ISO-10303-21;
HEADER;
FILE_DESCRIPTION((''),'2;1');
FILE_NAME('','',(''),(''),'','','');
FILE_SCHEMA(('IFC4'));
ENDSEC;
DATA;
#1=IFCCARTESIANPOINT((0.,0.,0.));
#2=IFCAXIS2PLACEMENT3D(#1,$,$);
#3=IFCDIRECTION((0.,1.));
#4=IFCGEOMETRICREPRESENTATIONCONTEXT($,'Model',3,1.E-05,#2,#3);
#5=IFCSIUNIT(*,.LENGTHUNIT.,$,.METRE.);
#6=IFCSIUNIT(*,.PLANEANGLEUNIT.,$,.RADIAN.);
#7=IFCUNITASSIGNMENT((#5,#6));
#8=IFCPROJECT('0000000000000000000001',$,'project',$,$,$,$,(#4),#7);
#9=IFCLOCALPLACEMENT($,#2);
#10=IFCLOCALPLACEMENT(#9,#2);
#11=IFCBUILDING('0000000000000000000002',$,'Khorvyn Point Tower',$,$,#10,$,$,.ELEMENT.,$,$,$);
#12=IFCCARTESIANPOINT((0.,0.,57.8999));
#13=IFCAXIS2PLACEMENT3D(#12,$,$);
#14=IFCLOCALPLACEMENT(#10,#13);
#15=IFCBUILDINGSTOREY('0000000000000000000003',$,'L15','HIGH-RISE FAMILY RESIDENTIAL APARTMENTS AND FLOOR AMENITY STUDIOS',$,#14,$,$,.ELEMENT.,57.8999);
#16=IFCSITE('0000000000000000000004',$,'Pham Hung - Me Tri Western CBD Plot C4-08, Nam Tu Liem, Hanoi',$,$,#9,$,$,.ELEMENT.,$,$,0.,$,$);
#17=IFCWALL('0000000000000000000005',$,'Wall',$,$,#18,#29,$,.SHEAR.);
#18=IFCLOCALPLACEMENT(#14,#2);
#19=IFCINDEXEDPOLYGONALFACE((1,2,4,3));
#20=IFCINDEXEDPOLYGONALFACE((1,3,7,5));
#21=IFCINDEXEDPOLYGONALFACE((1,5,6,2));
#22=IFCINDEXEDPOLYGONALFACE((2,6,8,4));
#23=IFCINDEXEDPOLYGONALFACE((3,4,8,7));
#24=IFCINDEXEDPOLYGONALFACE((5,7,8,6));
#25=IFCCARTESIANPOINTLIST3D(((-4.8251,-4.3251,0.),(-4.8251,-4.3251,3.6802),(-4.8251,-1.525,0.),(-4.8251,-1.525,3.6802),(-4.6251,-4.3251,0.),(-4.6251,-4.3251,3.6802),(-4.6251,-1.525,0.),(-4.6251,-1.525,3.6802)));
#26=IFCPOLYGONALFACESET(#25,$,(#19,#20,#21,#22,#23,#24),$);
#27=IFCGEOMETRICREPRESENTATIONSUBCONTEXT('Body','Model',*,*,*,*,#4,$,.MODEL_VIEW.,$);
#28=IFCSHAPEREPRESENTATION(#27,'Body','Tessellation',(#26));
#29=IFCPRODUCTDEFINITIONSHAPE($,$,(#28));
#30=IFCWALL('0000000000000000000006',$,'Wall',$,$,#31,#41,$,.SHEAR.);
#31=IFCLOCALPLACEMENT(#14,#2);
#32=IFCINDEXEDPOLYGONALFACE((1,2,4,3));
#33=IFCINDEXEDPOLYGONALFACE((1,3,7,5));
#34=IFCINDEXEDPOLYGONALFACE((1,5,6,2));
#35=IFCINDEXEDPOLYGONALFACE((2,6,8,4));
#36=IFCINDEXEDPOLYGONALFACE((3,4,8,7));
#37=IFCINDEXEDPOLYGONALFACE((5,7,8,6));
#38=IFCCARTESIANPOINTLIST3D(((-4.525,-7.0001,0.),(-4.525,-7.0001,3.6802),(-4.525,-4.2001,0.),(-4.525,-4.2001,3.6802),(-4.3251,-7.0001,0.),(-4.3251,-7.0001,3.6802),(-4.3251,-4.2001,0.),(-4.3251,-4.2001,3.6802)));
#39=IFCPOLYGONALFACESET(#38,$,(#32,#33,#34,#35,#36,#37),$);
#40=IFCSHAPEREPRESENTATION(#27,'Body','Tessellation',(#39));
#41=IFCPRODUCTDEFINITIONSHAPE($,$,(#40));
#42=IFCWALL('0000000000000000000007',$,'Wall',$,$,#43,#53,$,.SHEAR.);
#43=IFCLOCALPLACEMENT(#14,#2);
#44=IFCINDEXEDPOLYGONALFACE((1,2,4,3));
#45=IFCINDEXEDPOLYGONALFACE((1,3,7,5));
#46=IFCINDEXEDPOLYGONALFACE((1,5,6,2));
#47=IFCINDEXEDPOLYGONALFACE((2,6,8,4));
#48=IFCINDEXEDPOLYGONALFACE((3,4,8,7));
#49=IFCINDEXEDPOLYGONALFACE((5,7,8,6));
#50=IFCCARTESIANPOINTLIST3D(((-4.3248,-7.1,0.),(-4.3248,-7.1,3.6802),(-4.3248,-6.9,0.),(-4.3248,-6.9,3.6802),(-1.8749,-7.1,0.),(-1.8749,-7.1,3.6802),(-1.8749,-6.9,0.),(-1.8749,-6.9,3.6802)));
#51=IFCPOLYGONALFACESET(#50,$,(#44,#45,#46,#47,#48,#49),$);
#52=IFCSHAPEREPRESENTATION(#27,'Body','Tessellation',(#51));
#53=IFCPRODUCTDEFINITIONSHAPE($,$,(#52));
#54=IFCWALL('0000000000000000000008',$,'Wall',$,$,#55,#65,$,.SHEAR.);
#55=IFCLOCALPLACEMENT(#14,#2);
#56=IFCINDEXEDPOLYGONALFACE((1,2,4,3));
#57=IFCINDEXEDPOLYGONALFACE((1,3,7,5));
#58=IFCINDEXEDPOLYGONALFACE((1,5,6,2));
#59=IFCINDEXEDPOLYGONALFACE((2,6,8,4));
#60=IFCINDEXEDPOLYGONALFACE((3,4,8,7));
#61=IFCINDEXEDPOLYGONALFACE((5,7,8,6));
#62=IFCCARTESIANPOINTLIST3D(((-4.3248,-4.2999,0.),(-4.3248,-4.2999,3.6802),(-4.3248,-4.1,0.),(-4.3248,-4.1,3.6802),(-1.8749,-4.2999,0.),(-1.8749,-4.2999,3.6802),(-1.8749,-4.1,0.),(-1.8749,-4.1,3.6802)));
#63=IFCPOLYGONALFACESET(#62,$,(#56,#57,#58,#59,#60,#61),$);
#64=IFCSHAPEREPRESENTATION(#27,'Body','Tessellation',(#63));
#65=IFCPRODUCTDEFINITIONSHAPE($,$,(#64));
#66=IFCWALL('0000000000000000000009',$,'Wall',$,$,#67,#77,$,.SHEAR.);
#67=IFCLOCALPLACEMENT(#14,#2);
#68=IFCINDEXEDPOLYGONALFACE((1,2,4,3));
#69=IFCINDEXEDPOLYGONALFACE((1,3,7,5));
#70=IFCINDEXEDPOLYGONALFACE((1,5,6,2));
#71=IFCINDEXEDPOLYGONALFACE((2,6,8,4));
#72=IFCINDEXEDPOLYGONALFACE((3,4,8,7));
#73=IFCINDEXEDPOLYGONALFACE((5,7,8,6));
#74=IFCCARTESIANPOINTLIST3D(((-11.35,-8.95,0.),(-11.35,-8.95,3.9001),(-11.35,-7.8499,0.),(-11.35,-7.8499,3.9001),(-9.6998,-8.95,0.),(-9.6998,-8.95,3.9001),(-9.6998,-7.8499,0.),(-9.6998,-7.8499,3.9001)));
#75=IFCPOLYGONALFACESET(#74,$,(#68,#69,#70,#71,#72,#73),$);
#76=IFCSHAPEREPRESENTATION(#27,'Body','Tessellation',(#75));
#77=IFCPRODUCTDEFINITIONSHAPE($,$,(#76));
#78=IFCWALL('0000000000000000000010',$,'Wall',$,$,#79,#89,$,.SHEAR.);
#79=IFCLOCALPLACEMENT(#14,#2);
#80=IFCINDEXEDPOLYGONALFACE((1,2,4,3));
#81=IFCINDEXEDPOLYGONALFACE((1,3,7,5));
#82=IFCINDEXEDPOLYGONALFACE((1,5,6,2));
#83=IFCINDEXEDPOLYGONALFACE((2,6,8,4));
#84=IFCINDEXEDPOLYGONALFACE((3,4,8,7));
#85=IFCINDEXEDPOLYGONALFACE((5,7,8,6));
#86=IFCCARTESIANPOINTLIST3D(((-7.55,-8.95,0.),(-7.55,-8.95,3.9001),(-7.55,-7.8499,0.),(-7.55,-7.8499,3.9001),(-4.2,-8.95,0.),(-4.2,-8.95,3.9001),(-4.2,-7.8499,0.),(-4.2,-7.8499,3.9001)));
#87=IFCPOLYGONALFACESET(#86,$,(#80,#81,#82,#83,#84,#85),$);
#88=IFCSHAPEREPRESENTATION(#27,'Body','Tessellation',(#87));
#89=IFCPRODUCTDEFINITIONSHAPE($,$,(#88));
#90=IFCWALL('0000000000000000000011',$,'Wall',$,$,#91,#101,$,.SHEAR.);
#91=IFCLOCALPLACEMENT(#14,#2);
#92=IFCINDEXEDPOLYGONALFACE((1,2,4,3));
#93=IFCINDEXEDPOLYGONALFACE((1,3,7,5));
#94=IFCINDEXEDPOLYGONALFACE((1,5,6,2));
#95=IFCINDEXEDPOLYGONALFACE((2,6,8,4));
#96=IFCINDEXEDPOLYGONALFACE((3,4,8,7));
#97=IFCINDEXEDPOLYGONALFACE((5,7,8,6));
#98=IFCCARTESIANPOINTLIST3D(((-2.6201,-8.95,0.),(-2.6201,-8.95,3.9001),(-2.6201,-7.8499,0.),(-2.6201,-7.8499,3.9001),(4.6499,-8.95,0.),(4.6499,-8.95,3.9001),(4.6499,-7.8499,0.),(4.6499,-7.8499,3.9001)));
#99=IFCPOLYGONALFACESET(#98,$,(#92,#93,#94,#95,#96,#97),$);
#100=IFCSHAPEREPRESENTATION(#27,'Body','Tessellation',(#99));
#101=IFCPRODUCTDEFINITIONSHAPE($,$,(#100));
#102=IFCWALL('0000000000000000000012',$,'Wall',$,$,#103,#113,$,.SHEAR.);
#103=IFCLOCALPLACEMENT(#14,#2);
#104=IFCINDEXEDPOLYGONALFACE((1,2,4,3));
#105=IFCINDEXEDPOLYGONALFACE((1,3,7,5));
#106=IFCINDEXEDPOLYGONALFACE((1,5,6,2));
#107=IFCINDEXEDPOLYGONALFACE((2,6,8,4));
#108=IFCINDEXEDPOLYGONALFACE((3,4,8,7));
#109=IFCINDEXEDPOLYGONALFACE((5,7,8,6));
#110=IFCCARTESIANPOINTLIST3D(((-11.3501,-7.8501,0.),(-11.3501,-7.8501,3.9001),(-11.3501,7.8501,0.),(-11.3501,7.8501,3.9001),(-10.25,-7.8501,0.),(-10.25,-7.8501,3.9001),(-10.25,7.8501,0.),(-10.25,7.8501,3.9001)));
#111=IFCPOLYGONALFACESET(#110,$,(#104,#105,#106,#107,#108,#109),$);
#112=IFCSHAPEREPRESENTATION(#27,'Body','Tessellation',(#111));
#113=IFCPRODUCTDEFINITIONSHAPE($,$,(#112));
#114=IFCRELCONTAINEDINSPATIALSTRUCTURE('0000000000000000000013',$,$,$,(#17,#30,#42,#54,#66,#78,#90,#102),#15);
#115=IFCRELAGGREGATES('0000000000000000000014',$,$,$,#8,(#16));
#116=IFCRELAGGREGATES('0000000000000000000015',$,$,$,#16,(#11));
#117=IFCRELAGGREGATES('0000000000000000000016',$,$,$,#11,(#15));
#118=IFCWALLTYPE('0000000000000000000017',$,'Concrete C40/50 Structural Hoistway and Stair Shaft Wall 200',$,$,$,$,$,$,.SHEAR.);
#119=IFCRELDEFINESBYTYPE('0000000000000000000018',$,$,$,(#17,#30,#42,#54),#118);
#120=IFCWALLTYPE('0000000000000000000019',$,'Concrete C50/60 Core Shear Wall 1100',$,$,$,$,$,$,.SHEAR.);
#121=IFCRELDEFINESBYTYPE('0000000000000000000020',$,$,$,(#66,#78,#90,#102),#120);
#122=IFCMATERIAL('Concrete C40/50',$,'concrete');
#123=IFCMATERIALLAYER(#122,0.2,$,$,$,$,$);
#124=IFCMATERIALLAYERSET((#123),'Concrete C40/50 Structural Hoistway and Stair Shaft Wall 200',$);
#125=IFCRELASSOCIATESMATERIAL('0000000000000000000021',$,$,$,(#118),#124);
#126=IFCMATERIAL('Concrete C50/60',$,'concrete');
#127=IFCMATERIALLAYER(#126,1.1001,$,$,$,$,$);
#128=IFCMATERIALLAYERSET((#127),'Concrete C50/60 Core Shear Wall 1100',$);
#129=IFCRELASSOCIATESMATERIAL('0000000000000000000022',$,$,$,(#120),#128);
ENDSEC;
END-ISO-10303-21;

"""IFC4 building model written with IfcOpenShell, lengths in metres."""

from ifc_helpers import new_model, si_unit, direction, frame, frame_2d, origin, place, context, subcontext, project, spatial, rectangle, extrude, material, layer, layer_set, type_object, element, save


model = new_model("IFC4")

# Units and contexts
model_context = context("Model", 3, precision=1e-05, world=origin(), true_north=direction((0.0, 1.0)))
body_context = subcontext(model_context, "Body", "Model", "MODEL_VIEW")
ifc_project = project(units=[si_unit("LENGTHUNIT", "METRE"), si_unit("PLANEANGLEUNIT", "RADIAN")], contexts=[model_context])

# Site, building, storey
site_placement = place(None, origin())
site = spatial("IfcSite", under=ifc_project, at=site_placement, Name="Pham Hung - Me Tri Western CBD Plot C4-08, Nam Tu Liem, Hanoi", CompositionType="ELEMENT", RefElevation=0.0)
building_placement = place(site_placement, origin())
building = spatial("IfcBuilding", under=site, at=building_placement, Name="Khorvyn Point Tower", CompositionType="ELEMENT")
storey_placement = place(building_placement, frame((0.0, 0.0, 57.8999)))
storey = spatial("IfcBuildingStorey", under=building, at=storey_placement, Name="L15", Description="HIGH-RISE FAMILY RESIDENTIAL APARTMENTS AND FLOOR AMENITY STUDIOS", CompositionType="ELEMENT", Elevation=57.8999)

# Shared definitions
ifc_material_1 = material(Name="Concrete C40/50", Category="concrete")
ifc_material_2 = material(Name="Concrete C50/60", Category="concrete")

# Shared definitions
ifc_layer_1 = layer(ifc_material_1, 0.2)
ifc_layer_set_1 = layer_set([ifc_layer_1], Name="Concrete C40/50 Structural Hoistway and Stair Shaft Wall 200")
wall_type_1 = type_object("IfcWallType", Name="Concrete C40/50 Structural Hoistway and Stair Shaft Wall 200", PredefinedType="SHEAR", material=ifc_layer_set_1)

# Walls
for number, where, z_axis, x_axis, name in (
    (1, (-4.7251, -4.325, 0.0), (0.0, 0.0, 1.0), (0.0, 1.0, 0.0), "Wall"),
    (2, (-4.425, -7.0, 0.0), (0.0, 0.0, 1.0), (0.0, 1.0, 0.0), "Wall"),
):
    element("IfcWall", number, at=place(storey_placement, frame(where, z_axis=z_axis, x_axis=x_axis)), inside=storey, type_object=wall_type_1, Name=name, PredefinedType="SHEAR", context=body_context, shape_type="SweptSolid", body=[
        extrude(rectangle(XDim=2.8, YDim=0.2, at=frame_2d((1.3999, 0.0))), origin(), (0.0, 0.0, 1.0), 3.6802),
    ])
for number, where, z_axis, x_axis, name in (
    (3, (-4.325, -7.0, 0.0), (0.0, 0.0, 1.0), (1.0, 0.0, 0.0), "Wall"),
    (4, (-4.325, -4.2, 0.0), (0.0, 0.0, 1.0), (1.0, 0.0, 0.0), "Wall"),
):
    element("IfcWall", number, at=place(storey_placement, frame(where, z_axis=z_axis, x_axis=x_axis)), inside=storey, type_object=wall_type_1, Name=name, PredefinedType="SHEAR", context=body_context, shape_type="SweptSolid", body=[
        extrude(rectangle(XDim=2.45, YDim=0.2, at=frame_2d((1.2251, 0.0))), origin(), (0.0, 0.0, 1.0), 3.6802),
    ])
ifc_layer_2 = layer(ifc_material_2, 1.1001)
ifc_layer_set_2 = layer_set([ifc_layer_2], Name="Concrete C50/60 Core Shear Wall 1100")
wall_type_2 = type_object("IfcWallType", Name="Concrete C50/60 Core Shear Wall 1100", PredefinedType="SHEAR", material=ifc_layer_set_2)
wall_1_placement = place(storey_placement, frame((-11.3501, -8.3999, 0.0), z_axis=(0.0, 0.0, 1.0), x_axis=(1.0, 0.0, 0.0)))
element("IfcWall", 5, at=wall_1_placement, inside=storey, type_object=wall_type_2, Name="Wall", PredefinedType="SHEAR", context=body_context, shape_type="SweptSolid", body=[
    extrude(rectangle(XDim=1.6501, YDim=1.1001, at=frame_2d((0.8252, 0.0))), origin(), (0.0, 0.0, 1.0), 3.9001),
])
wall_2_placement = place(storey_placement, frame((-7.55, -8.3999, 0.0), z_axis=(0.0, 0.0, 1.0), x_axis=(1.0, 0.0, 0.0)))
element("IfcWall", 6, at=wall_2_placement, inside=storey, type_object=wall_type_2, Name="Wall", PredefinedType="SHEAR", context=body_context, shape_type="SweptSolid", body=[
    extrude(rectangle(XDim=3.3501, YDim=1.1001, at=frame_2d((1.675, 0.0))), origin(), (0.0, 0.0, 1.0), 3.9001),
])
wall_3_placement = place(storey_placement, frame((-2.6201, -8.3999, 0.0), z_axis=(0.0, 0.0, 1.0), x_axis=(1.0, 0.0, 0.0)))
element("IfcWall", 7, at=wall_3_placement, inside=storey, type_object=wall_type_2, Name="Wall", PredefinedType="SHEAR", context=body_context, shape_type="SweptSolid", body=[
    extrude(rectangle(XDim=7.27, YDim=1.1001, at=frame_2d((3.635, 0.0))), origin(), (0.0, 0.0, 1.0), 3.9001),
])
wall_4_placement = place(storey_placement, frame((-10.8, -7.8501, 0.0), z_axis=(0.0, 0.0, 1.0), x_axis=(0.0, 1.0, 0.0)))
element("IfcWall", 8, at=wall_4_placement, inside=storey, type_object=wall_type_2, Name="Wall", PredefinedType="SHEAR", context=body_context, shape_type="SweptSolid", body=[
    extrude(rectangle(XDim=15.7002, YDim=1.1001, at=frame_2d((7.8501, 0.0))), origin(), (0.0, 0.0, 1.0), 3.9001),
])

save(model, "model.ifc")
